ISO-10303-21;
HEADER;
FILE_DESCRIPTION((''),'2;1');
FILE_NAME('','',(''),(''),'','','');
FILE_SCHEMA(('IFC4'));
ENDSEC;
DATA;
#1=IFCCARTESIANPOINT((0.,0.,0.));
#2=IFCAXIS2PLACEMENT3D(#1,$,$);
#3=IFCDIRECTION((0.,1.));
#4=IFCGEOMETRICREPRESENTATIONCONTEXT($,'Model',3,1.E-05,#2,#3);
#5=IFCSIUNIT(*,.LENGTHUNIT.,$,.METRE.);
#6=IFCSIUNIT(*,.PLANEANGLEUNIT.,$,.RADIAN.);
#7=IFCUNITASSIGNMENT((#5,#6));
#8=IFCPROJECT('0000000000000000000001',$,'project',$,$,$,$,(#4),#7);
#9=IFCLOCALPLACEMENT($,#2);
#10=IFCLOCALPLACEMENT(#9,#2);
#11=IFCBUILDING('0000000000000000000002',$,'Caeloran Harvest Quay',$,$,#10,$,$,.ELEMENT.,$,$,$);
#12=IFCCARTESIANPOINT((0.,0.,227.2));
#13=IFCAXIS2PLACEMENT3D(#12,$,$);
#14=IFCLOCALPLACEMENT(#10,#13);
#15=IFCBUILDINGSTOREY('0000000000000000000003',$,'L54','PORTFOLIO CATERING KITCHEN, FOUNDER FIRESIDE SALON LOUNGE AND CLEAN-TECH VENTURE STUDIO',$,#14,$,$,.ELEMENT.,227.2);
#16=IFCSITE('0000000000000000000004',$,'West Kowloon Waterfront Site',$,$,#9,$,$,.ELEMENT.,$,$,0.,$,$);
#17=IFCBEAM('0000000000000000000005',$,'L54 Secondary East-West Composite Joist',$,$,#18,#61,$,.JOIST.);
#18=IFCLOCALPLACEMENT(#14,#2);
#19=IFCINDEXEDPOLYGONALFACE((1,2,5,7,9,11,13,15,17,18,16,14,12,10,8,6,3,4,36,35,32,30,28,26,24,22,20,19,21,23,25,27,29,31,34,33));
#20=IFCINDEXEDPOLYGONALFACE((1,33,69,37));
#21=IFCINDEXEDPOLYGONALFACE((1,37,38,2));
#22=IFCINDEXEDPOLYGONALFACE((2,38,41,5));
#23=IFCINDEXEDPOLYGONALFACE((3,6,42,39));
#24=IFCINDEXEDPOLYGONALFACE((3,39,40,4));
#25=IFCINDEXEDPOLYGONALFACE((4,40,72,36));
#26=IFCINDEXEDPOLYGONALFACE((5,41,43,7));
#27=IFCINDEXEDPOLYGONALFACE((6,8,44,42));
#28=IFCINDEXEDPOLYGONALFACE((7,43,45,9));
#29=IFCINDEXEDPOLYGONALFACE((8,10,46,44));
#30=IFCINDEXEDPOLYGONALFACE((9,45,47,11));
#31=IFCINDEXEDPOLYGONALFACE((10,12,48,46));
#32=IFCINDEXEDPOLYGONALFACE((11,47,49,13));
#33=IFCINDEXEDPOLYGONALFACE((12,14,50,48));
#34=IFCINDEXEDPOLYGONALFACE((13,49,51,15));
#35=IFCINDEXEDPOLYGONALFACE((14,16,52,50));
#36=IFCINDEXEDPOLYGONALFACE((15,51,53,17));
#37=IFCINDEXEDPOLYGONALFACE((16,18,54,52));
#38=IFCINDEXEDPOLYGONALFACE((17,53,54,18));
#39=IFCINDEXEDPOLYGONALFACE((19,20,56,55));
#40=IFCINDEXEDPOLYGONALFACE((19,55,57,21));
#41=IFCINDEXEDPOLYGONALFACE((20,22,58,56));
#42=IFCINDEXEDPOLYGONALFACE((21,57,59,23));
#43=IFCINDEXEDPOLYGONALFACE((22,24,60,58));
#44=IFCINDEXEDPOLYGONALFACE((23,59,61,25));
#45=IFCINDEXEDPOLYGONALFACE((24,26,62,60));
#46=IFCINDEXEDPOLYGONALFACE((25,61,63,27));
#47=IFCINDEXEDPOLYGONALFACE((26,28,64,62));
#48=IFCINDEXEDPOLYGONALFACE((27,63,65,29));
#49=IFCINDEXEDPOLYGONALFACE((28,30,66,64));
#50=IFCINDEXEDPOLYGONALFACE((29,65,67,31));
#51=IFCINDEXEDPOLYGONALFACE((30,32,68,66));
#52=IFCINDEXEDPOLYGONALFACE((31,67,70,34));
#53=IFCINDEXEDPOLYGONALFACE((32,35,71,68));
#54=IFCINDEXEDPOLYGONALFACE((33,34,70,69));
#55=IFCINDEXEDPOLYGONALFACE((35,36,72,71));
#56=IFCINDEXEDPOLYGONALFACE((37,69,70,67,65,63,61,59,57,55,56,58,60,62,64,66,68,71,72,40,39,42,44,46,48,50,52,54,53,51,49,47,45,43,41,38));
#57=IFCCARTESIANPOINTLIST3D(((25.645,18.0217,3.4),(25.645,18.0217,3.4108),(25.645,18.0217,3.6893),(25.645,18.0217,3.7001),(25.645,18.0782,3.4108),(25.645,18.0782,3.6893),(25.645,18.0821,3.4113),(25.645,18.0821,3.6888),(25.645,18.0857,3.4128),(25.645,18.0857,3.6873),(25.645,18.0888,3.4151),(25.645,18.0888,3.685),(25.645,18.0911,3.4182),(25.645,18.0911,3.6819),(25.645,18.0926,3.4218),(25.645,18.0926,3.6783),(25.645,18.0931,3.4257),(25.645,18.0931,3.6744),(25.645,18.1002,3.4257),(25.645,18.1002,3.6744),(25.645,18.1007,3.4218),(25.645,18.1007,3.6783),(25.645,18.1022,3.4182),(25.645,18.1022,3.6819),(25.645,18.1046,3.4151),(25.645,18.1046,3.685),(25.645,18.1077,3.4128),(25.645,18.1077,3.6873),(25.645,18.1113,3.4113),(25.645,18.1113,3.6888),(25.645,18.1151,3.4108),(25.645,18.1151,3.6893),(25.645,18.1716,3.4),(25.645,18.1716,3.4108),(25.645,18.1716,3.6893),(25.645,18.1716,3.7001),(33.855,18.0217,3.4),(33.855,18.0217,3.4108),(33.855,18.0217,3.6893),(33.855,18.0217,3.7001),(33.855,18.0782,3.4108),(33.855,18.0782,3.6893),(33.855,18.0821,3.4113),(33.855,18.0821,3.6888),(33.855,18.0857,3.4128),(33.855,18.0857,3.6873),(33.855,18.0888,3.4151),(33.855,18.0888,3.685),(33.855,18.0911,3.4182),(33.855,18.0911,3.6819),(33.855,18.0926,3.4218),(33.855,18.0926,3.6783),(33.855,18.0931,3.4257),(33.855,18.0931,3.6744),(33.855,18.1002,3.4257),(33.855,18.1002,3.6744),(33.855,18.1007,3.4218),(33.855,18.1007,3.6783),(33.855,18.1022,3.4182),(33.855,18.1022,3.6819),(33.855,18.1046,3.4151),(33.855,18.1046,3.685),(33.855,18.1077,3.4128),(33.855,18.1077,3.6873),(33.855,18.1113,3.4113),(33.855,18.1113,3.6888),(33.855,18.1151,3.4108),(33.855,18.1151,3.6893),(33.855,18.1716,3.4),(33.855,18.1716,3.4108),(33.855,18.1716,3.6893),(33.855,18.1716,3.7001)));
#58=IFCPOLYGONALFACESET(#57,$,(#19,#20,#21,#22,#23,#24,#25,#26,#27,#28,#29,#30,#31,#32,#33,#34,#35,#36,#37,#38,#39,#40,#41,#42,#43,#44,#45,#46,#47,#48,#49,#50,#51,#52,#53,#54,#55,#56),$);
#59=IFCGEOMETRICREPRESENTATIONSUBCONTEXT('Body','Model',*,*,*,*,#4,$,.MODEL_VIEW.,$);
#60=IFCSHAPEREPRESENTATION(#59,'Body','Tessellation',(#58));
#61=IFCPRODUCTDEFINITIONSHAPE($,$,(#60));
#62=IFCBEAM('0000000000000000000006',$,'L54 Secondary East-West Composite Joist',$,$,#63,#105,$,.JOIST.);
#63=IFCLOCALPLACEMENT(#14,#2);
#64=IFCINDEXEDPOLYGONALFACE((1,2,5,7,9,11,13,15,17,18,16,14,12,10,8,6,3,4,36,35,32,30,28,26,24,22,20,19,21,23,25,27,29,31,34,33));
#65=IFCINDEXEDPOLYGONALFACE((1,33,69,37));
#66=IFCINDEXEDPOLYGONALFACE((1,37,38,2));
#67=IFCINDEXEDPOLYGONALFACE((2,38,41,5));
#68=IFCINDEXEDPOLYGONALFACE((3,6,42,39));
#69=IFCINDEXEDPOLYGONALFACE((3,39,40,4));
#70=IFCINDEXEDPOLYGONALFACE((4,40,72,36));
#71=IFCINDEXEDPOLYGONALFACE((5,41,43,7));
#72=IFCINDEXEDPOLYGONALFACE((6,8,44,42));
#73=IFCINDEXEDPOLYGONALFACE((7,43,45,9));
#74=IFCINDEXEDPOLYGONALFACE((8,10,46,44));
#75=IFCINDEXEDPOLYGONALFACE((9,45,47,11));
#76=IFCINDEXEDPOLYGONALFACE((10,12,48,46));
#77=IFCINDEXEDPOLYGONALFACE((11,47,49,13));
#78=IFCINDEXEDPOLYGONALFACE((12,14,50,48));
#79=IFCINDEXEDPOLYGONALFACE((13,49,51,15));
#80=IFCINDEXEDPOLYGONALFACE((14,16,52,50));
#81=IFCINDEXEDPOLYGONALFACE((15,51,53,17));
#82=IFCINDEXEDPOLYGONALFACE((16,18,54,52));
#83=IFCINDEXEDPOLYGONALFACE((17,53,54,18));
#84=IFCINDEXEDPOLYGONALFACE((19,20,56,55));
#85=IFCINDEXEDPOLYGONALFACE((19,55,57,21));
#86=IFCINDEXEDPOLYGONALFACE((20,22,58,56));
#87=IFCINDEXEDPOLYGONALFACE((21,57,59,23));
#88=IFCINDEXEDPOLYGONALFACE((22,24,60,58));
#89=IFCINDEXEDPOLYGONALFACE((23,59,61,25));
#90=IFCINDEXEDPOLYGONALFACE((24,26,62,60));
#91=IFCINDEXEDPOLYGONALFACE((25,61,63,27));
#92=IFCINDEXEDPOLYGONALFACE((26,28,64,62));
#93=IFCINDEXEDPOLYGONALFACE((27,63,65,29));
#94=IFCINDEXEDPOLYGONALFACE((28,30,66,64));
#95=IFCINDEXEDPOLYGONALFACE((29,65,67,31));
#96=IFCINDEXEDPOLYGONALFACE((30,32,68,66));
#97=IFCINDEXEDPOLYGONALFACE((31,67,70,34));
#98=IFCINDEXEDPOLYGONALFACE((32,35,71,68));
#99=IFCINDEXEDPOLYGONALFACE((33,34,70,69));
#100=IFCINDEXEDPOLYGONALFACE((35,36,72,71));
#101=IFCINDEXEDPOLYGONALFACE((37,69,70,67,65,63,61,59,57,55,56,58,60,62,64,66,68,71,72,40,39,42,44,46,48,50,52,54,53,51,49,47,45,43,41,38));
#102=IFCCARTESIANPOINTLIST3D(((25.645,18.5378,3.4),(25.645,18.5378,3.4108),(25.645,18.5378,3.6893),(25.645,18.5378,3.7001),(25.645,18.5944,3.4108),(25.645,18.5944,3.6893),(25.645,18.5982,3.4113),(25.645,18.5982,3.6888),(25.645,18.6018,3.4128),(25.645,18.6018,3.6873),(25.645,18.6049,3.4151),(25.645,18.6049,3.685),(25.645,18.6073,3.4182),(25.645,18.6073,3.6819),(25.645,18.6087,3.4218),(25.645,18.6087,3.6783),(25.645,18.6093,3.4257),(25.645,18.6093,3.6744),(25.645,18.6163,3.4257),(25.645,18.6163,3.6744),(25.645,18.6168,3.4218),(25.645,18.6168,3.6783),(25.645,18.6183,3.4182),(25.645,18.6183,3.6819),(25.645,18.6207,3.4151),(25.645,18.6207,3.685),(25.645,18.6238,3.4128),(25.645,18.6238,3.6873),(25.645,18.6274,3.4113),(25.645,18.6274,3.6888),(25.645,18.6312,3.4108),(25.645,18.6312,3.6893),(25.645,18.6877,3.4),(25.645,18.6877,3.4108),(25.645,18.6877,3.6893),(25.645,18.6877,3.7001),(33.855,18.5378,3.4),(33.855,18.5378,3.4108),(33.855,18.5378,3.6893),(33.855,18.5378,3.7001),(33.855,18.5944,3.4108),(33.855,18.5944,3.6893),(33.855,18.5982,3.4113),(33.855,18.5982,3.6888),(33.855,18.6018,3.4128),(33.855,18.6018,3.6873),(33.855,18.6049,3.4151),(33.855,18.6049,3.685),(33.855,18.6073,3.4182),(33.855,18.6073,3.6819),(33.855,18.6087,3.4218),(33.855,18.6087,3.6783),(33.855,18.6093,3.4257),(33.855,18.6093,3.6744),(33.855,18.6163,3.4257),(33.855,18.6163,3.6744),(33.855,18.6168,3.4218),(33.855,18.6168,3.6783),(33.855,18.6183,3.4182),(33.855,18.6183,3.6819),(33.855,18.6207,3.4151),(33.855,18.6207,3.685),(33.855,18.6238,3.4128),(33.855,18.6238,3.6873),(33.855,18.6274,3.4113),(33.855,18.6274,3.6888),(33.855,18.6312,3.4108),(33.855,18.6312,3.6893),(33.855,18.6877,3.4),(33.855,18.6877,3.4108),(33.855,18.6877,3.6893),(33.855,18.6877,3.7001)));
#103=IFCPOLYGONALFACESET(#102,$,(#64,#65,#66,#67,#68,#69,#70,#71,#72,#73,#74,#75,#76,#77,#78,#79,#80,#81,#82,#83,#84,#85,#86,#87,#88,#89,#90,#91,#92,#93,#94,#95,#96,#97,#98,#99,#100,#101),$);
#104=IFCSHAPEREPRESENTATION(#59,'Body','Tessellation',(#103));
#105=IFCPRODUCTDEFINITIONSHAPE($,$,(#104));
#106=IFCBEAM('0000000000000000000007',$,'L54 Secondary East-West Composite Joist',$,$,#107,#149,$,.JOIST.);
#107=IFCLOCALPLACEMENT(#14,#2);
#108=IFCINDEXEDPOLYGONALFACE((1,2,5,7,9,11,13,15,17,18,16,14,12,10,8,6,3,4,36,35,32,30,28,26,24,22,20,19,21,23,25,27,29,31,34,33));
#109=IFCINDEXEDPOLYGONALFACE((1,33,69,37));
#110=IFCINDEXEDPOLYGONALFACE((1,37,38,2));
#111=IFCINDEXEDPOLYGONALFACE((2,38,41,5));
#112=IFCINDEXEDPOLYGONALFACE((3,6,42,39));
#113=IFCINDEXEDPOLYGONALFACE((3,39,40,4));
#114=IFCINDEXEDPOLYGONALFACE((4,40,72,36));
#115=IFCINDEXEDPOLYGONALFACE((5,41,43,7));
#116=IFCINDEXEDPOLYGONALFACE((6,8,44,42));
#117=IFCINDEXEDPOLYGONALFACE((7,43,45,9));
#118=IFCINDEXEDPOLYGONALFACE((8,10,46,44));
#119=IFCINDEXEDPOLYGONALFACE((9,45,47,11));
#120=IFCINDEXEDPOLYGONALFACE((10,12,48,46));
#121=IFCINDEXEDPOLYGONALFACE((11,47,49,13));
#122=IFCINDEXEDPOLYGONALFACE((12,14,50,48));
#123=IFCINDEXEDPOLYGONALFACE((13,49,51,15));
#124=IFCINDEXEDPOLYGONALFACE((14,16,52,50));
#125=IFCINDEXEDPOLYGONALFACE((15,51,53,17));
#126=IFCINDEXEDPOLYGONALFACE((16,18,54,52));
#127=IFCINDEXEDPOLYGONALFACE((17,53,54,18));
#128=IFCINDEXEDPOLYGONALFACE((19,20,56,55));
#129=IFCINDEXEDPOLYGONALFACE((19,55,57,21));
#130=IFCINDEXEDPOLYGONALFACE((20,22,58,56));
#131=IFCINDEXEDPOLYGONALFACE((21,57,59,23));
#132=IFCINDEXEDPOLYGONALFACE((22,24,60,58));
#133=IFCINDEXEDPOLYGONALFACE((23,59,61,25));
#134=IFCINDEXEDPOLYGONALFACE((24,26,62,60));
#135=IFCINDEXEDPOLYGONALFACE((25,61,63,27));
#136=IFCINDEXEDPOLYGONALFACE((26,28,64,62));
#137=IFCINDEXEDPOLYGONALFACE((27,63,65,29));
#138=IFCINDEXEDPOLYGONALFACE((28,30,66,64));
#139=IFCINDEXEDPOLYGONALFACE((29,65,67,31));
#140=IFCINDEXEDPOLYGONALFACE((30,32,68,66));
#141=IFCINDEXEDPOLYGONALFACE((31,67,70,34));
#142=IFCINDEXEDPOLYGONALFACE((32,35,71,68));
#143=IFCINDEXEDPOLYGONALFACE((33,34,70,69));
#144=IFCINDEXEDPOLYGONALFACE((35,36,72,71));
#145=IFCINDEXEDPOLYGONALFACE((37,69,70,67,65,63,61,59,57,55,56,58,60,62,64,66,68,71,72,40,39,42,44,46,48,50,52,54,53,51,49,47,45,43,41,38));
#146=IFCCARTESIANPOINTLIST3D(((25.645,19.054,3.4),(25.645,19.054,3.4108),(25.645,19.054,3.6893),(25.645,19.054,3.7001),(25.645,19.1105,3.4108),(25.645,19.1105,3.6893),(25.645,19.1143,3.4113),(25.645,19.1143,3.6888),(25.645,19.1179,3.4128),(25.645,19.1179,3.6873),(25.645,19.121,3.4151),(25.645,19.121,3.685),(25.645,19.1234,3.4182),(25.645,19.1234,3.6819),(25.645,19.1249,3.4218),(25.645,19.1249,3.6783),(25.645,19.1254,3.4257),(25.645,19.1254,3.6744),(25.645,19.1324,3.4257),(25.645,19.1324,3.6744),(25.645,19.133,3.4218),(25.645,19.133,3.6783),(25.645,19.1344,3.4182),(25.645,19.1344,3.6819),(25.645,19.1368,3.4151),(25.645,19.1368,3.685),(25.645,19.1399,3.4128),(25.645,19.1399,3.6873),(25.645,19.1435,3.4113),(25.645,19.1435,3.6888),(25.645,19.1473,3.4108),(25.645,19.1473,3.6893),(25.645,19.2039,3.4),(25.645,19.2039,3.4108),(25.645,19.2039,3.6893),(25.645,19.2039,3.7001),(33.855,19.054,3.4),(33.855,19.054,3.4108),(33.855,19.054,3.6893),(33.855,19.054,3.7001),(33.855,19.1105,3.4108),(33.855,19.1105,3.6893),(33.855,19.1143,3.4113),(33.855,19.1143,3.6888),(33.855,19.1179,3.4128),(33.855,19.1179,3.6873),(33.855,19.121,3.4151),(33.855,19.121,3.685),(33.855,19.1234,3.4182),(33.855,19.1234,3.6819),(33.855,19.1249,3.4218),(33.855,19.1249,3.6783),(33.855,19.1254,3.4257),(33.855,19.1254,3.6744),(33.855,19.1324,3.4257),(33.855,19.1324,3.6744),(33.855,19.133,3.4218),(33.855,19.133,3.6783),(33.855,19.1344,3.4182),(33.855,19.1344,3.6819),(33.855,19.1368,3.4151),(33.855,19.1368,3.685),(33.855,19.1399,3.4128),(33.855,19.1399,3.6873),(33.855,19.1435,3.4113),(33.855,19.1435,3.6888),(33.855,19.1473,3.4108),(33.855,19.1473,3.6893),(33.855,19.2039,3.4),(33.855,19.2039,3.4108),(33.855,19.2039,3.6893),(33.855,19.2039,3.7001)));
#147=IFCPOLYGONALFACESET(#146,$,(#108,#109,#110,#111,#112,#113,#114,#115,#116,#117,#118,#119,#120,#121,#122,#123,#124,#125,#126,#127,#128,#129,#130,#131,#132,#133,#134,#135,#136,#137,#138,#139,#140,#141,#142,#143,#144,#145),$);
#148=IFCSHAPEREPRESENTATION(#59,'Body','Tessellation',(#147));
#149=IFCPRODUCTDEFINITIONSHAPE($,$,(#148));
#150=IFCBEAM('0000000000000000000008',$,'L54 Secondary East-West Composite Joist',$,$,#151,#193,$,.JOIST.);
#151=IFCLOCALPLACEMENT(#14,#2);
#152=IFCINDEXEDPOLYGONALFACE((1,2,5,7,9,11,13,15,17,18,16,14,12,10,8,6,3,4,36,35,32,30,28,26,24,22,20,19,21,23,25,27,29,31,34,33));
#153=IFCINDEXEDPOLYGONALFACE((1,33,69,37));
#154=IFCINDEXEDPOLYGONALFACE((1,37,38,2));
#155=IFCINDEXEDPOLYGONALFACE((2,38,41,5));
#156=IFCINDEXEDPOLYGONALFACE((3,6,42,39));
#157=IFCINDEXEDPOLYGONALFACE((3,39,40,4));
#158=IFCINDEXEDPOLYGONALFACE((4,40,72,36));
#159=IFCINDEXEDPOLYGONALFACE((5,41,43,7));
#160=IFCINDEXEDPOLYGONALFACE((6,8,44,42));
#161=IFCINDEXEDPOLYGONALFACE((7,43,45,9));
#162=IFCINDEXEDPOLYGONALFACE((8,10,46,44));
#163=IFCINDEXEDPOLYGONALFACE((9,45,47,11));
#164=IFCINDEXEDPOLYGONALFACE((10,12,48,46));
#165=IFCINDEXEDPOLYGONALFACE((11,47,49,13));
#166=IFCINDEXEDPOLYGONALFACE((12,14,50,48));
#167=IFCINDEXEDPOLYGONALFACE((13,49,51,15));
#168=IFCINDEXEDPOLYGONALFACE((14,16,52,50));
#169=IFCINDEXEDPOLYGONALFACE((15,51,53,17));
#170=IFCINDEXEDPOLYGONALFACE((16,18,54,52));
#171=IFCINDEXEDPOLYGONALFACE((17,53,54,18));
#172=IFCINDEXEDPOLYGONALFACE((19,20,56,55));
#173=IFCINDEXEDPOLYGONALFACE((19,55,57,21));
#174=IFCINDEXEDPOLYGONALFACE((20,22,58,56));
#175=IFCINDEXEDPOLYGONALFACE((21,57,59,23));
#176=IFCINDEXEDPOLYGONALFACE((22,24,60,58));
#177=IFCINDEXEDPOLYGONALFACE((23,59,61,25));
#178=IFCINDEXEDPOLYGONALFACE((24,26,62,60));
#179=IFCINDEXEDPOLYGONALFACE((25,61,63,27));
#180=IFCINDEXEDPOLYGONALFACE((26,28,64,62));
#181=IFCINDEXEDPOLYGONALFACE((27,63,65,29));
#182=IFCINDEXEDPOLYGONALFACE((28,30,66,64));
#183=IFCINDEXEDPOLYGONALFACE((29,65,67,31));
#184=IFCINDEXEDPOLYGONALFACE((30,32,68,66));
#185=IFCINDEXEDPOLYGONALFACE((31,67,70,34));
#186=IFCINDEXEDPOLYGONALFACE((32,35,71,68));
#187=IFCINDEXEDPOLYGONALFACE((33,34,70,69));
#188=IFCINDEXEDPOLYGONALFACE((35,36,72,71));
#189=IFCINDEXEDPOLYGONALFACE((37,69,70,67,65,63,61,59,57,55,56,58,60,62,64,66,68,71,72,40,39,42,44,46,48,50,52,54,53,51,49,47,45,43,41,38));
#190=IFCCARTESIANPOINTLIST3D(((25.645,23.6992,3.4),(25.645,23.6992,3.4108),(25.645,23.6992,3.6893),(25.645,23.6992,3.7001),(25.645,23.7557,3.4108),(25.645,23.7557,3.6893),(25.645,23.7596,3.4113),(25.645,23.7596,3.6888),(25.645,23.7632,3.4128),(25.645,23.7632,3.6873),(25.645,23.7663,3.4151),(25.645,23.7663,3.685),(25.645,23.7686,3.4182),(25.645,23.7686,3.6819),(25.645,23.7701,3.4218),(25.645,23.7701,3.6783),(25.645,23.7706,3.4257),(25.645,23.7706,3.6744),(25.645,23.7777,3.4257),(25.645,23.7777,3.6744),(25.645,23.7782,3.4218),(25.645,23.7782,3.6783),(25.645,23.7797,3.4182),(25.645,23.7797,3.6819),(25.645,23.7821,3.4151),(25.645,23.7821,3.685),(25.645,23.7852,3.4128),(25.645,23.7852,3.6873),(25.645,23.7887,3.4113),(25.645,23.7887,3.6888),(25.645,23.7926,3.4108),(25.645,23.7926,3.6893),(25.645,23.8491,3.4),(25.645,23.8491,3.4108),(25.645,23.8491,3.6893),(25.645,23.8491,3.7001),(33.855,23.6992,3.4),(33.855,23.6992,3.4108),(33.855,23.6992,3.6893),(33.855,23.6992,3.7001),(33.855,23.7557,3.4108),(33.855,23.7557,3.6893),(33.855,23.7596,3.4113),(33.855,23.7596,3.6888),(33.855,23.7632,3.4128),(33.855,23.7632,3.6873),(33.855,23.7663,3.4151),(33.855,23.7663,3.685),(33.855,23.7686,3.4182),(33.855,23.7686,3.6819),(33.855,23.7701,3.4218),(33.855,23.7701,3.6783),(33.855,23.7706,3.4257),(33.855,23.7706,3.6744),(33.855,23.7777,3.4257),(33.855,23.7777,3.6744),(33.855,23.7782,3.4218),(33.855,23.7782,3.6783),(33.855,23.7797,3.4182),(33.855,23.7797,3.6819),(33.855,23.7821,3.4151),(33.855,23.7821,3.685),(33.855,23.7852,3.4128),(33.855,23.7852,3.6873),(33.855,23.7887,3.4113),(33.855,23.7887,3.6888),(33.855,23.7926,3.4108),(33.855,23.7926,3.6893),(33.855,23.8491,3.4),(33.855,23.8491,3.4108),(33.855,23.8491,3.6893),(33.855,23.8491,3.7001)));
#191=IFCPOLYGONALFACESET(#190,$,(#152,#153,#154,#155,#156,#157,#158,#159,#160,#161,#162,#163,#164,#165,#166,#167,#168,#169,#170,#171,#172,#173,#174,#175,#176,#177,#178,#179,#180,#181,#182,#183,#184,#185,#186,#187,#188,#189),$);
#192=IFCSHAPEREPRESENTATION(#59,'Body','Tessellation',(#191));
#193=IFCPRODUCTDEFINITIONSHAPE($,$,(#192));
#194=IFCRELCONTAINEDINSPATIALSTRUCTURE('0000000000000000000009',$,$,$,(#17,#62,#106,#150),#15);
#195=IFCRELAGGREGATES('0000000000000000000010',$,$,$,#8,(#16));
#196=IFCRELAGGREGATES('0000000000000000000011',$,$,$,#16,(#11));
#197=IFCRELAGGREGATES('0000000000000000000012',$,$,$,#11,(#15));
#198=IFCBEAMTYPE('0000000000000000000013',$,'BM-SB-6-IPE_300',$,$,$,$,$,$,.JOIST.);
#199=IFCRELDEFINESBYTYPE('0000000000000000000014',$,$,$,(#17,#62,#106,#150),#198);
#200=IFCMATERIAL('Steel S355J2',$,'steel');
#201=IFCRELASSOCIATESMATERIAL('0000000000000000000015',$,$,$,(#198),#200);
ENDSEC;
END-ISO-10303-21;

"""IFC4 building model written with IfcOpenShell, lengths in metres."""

from ifc_helpers import new_model, si_unit, direction, frame, origin, origin_2d, place, context, subcontext, project, spatial, i_section, extrude, material, material_profile, profile_set, type_object, element, save


model = new_model("IFC4")

# Units and contexts
model_context = context("Model", 3, precision=1e-05, world=origin(), true_north=direction((0.0, 1.0)))
body_context = subcontext(model_context, "Body", "Model", "MODEL_VIEW")
ifc_project = project(units=[si_unit("LENGTHUNIT", "METRE"), si_unit("PLANEANGLEUNIT", "RADIAN")], contexts=[model_context])

# Site, building, storey
site_placement = place(None, origin())
site = spatial("IfcSite", under=ifc_project, at=site_placement, Name="West Kowloon Waterfront Site", CompositionType="ELEMENT", RefElevation=0.0)
building_placement = place(site_placement, origin())
building = spatial("IfcBuilding", under=site, at=building_placement, Name="Caeloran Harvest Quay", CompositionType="ELEMENT")
storey_placement = place(building_placement, frame((0.0, 0.0, 227.2)))
storey = spatial("IfcBuildingStorey", under=building, at=storey_placement, Name="L54", Description="PORTFOLIO CATERING KITCHEN, FOUNDER FIRESIDE SALON LOUNGE AND CLEAN-TECH VENTURE STUDIO", CompositionType="ELEMENT", Elevation=227.2)

# Beams
ifc_material_1 = material(Name="Steel S355J2", Category="steel")
ifc_material_profile_1 = material_profile(ifc_material_1, i_section(OverallWidth=0.1499, OverallDepth=0.3, WebThickness=0.0071, FlangeThickness=0.0107, FilletRadius=0.0149, at=origin_2d()), Name="IPE 300")
ifc_profile_set_1 = profile_set([ifc_material_profile_1], Name="Steel S355J2")
beam_type_1 = type_object("IfcBeamType", Name="BM-SB-6-IPE_300", PredefinedType="JOIST", material=ifc_profile_set_1)
for number, where, z_axis, x_axis, name in (
    (1, (25.645, 18.0967, 3.55), (1.0, 0.0, 0.0), (0.0, 1.0, 0.0), "L54 Secondary East-West Composite Joist"),
    (2, (25.645, 18.6128, 3.55), (1.0, 0.0, 0.0), (0.0, 1.0, 0.0), "L54 Secondary East-West Composite Joist"),
    (3, (25.645, 19.1289, 3.55), (1.0, 0.0, 0.0), (0.0, 1.0, 0.0), "L54 Secondary East-West Composite Joist"),
    (4, (25.645, 23.7742, 3.55), (1.0, 0.0, 0.0), (0.0, 1.0, 0.0), "L54 Secondary East-West Composite Joist"),
):
    element("IfcBeam", number, at=place(storey_placement, frame(where, z_axis=z_axis, x_axis=x_axis)), inside=storey, type_object=beam_type_1, Name=name, PredefinedType="JOIST", context=body_context, shape_type="SweptSolid", body=[
        extrude(i_section(OverallWidth=0.1499, OverallDepth=0.3, WebThickness=0.0071, FlangeThickness=0.0107, FilletRadius=0.0149, at=origin_2d()), origin(), (0.0, 0.0, 1.0), 8.21),
    ])

save(model, "model.ifc")
